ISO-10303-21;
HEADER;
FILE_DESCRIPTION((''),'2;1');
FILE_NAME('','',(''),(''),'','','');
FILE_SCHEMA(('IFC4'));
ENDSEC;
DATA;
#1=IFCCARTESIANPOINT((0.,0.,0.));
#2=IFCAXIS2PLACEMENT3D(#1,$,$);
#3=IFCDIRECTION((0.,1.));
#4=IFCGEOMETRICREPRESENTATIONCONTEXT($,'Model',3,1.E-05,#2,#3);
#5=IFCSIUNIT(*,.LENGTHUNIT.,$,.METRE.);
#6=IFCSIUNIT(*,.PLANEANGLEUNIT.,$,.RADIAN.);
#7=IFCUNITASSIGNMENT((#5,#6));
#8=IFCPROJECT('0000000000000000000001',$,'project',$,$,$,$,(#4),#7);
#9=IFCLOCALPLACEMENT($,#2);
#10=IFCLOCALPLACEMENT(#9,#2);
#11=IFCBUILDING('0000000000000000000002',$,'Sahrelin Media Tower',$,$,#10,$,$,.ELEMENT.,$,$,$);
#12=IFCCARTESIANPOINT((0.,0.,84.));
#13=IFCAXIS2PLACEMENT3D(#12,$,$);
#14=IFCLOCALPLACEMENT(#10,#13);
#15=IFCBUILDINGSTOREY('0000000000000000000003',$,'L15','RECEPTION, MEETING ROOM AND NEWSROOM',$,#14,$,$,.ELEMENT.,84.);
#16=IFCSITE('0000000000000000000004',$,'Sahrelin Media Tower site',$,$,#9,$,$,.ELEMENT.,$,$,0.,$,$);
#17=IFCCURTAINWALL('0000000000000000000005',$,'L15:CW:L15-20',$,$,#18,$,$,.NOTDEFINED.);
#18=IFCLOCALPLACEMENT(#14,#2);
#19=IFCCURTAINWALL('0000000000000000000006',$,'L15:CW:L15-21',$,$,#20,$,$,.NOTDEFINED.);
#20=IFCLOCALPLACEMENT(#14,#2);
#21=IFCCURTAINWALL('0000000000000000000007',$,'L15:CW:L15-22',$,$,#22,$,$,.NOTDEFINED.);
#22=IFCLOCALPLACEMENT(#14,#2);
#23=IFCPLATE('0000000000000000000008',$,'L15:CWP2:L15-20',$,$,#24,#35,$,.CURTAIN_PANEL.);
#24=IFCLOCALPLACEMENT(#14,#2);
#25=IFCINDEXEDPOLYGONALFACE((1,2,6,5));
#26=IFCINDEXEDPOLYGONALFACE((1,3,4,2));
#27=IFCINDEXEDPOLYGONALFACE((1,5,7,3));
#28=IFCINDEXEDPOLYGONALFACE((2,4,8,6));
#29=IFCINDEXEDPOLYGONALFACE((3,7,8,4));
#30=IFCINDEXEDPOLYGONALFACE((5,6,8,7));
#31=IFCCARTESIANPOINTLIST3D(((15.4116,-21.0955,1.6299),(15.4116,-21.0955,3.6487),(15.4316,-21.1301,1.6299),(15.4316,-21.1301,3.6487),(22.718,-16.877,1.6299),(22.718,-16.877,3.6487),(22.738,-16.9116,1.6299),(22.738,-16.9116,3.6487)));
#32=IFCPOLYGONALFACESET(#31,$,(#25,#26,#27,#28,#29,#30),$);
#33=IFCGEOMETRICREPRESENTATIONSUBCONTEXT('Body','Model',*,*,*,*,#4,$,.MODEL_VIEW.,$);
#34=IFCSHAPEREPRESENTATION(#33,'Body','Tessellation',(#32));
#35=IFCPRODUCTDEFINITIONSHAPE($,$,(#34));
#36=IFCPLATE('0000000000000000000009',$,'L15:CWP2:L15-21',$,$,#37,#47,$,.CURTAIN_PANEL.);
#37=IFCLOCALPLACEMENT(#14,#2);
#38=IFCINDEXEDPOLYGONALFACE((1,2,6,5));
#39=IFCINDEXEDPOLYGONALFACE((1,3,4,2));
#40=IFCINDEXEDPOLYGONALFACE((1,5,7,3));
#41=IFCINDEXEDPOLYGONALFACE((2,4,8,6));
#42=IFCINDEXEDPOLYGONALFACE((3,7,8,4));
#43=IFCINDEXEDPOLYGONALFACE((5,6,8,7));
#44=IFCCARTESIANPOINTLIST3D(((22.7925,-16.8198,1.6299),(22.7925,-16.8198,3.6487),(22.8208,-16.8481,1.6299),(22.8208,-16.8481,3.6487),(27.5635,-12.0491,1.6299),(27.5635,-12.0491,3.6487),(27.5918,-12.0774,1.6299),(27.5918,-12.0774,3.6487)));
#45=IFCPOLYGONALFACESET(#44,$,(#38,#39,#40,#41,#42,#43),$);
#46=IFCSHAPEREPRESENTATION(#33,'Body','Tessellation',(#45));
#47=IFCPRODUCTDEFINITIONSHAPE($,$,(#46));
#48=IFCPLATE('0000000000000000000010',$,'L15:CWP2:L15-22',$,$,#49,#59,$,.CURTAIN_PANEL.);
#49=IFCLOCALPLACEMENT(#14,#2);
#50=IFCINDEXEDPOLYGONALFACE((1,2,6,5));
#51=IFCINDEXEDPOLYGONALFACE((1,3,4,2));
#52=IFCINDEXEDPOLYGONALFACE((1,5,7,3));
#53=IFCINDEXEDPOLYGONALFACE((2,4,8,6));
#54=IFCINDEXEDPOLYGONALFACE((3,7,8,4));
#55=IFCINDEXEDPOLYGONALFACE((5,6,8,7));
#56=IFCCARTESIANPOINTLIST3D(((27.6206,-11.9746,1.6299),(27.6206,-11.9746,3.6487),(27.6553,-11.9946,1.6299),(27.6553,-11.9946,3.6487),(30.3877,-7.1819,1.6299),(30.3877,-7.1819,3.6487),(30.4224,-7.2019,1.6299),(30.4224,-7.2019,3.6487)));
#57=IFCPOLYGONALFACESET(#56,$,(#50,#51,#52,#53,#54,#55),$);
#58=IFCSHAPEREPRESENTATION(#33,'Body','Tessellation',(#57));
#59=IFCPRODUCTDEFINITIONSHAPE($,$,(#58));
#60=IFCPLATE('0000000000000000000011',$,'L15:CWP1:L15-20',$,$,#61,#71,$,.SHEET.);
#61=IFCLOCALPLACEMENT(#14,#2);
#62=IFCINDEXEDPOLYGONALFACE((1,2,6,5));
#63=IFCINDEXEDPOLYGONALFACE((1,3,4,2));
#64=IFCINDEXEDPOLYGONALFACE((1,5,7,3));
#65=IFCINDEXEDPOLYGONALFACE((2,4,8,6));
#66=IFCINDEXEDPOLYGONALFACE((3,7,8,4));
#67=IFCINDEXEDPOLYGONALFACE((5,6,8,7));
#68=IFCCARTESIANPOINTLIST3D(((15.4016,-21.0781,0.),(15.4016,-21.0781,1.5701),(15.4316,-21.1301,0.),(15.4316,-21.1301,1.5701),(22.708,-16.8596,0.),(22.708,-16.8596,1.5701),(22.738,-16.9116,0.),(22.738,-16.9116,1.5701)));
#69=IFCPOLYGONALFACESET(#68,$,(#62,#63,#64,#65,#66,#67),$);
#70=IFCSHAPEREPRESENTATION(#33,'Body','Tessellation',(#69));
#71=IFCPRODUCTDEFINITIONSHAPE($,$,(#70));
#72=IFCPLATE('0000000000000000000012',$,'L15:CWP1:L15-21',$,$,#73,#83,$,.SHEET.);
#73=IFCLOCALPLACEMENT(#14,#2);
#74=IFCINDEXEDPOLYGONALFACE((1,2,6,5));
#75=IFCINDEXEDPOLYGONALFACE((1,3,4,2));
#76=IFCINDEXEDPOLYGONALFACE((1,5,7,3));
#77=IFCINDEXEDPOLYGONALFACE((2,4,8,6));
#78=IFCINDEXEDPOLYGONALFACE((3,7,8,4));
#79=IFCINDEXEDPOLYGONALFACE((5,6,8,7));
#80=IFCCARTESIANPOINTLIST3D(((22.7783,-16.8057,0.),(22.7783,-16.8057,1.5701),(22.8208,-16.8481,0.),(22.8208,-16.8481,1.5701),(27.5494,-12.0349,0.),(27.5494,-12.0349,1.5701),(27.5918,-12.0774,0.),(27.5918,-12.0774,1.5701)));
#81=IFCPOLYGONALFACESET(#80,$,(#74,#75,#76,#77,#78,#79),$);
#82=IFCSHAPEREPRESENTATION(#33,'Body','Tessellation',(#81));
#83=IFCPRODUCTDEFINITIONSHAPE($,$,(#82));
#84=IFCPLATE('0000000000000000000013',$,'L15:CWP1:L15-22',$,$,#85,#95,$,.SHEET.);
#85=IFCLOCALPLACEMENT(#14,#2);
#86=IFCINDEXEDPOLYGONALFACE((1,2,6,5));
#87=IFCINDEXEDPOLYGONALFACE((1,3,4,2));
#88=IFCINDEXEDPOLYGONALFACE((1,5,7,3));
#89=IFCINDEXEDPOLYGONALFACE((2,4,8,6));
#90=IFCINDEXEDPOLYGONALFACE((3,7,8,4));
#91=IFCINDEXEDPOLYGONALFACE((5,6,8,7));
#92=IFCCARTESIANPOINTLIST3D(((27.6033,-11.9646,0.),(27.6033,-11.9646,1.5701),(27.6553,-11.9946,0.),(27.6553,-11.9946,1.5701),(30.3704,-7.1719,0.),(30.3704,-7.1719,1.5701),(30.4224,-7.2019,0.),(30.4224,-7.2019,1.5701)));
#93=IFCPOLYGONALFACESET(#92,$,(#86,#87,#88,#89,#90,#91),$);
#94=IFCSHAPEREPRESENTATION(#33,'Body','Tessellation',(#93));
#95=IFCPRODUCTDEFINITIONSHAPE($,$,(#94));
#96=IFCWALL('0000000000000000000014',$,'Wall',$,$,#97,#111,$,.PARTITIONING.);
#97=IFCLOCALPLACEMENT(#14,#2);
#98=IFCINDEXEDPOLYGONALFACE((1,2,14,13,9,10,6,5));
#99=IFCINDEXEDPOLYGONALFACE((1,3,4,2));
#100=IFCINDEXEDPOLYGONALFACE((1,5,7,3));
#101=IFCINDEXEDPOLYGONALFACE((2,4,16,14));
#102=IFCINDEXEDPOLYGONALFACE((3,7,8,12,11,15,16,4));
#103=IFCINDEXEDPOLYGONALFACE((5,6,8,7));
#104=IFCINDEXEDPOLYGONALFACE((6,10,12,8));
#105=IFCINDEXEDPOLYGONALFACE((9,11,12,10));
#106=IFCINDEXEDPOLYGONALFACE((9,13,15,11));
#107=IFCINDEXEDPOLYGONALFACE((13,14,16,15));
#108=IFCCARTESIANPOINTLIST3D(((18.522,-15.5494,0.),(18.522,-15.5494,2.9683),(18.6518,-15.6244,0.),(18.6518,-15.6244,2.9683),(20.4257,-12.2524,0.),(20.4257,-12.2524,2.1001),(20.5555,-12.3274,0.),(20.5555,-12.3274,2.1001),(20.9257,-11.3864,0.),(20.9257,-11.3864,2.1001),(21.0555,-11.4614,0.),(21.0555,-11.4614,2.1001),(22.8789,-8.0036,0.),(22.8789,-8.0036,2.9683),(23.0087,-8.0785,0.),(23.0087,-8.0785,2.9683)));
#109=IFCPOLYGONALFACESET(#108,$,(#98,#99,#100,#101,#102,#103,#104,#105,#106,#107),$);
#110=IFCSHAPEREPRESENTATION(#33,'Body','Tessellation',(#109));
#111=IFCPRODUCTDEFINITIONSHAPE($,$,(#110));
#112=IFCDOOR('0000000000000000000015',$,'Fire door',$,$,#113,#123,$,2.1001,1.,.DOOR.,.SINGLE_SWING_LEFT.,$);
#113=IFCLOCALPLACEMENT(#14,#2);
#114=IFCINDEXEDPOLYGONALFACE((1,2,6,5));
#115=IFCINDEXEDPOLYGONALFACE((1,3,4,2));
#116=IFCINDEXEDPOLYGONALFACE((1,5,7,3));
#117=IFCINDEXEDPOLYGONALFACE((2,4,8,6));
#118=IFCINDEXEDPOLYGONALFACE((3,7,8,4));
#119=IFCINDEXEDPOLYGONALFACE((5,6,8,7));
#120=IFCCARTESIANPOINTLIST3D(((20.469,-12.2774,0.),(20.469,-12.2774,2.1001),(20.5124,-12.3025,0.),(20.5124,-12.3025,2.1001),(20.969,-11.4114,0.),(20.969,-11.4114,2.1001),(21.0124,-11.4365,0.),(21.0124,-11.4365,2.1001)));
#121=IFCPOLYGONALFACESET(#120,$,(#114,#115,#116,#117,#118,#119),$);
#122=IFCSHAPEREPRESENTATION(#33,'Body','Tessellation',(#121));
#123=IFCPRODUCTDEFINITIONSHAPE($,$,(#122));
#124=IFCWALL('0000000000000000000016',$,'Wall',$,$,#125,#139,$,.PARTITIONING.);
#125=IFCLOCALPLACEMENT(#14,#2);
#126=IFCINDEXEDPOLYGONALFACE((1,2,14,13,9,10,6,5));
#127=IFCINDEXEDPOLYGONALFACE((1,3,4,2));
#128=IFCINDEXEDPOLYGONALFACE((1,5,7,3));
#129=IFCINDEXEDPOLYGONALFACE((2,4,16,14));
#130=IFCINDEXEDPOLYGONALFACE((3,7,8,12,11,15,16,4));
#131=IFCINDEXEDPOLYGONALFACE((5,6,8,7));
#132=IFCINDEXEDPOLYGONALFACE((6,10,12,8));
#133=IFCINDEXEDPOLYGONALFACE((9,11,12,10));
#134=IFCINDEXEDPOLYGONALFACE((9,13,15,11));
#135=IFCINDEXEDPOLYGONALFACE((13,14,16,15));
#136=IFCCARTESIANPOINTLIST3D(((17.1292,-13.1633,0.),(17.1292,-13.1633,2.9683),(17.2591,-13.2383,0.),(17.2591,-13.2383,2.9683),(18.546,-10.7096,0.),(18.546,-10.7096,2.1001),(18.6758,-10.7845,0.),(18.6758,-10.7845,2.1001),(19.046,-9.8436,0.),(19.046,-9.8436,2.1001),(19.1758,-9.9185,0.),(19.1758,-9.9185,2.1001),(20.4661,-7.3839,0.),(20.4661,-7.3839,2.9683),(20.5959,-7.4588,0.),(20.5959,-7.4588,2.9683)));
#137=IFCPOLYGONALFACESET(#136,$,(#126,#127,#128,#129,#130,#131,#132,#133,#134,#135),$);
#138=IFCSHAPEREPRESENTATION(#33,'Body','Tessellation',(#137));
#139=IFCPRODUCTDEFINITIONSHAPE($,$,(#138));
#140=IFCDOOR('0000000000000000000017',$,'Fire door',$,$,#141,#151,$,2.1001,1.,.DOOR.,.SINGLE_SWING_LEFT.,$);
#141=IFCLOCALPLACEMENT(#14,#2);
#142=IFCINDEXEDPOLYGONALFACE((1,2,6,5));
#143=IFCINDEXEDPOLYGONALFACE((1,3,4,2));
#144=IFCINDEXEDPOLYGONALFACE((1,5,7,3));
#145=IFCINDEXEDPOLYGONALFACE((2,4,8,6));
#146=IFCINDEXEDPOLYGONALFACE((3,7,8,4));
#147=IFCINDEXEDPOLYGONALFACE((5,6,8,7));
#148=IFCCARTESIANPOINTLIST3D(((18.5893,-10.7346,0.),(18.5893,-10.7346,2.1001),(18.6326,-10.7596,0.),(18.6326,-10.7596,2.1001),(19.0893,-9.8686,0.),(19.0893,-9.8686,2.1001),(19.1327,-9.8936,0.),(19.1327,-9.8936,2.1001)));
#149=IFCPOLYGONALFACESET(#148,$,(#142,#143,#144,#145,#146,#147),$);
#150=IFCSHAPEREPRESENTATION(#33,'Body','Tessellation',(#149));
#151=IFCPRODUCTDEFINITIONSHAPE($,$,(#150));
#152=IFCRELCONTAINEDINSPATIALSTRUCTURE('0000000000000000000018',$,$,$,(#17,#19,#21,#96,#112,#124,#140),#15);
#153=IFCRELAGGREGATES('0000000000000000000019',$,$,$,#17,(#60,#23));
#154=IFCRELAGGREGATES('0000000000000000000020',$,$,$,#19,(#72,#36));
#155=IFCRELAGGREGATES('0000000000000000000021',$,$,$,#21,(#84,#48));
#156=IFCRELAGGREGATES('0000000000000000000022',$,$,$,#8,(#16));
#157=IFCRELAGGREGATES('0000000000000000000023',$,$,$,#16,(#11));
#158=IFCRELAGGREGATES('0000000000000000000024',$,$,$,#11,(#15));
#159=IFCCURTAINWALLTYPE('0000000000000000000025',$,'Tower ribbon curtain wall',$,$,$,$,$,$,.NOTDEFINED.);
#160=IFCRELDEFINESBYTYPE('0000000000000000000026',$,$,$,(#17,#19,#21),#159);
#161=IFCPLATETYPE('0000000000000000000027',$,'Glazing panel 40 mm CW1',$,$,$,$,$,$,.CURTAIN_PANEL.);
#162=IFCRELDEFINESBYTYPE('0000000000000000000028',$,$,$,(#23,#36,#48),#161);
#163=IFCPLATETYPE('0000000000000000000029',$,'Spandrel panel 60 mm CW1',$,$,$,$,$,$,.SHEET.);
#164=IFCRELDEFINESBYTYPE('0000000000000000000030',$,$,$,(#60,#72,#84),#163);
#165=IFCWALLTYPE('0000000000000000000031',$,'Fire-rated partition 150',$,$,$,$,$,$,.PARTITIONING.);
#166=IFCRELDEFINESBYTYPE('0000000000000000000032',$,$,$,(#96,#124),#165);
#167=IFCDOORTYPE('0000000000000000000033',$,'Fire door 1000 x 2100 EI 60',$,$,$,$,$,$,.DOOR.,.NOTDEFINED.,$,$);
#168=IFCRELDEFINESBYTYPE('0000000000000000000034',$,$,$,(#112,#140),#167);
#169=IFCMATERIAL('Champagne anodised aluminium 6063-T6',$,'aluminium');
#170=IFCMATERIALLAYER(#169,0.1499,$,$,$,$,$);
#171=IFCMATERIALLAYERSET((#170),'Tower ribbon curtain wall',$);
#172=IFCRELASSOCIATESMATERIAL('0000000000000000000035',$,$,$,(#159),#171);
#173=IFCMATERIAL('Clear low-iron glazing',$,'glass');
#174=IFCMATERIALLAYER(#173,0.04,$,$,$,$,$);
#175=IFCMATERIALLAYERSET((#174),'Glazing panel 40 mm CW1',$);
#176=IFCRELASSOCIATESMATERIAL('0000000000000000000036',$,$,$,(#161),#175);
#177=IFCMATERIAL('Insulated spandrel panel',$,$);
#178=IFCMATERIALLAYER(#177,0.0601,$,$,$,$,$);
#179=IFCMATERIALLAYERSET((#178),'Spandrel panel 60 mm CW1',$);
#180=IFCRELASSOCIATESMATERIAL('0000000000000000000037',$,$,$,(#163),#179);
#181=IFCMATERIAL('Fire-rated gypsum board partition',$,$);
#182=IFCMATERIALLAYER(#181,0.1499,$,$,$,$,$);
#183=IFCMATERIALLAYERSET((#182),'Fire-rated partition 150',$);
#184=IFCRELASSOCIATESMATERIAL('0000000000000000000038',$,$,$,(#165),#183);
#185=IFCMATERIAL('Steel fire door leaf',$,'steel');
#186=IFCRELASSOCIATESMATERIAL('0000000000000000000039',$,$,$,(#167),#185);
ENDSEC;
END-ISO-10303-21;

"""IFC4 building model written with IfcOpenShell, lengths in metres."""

from ifc_helpers import new_model, si_unit, direction, frame, frame_2d, origin, place, context, subcontext, project, spatial, polyline, rectangle, outline, extrude, material, layer, layer_set, type_object, element, fill, aggregate, save


model = new_model("IFC4")

# Units and contexts
model_context = context("Model", 3, precision=1e-05, world=origin(), true_north=direction((0.0, 1.0)))
body_context = subcontext(model_context, "Body", "Model", "MODEL_VIEW")
ifc_project = project(units=[si_unit("LENGTHUNIT", "METRE"), si_unit("PLANEANGLEUNIT", "RADIAN")], contexts=[model_context])

# Site, building, storey
site_placement = place(None, origin())
site = spatial("IfcSite", under=ifc_project, at=site_placement, Name="Sahrelin Media Tower site", CompositionType="ELEMENT", RefElevation=0.0)
building_placement = place(site_placement, origin())
building = spatial("IfcBuilding", under=site, at=building_placement, Name="Sahrelin Media Tower", CompositionType="ELEMENT")
storey_placement = place(building_placement, frame((0.0, 0.0, 84.0)))
storey = spatial("IfcBuildingStorey", under=building, at=storey_placement, Name="L15", Description="RECEPTION, MEETING ROOM AND NEWSROOM", CompositionType="ELEMENT", Elevation=84.0)

# Curtain walls
ifc_material_1 = material(Name="Champagne anodised aluminium 6063-T6", Category="aluminium")
ifc_layer_1 = layer(ifc_material_1, 0.1499)
ifc_layer_set_1 = layer_set([ifc_layer_1], Name="Tower ribbon curtain wall")
curtain_wall_type = type_object("IfcCurtainWallType", Name="Tower ribbon curtain wall", PredefinedType="NOTDEFINED", material=ifc_layer_set_1)
curtain_wall_1_placement = place(storey_placement, frame((19.075, -19.0037, 0.0), z_axis=(0.0, 0.0, 1.0), x_axis=(1.0, 0.0, 0.0)))
curtain_wall_1 = element("IfcCurtainWall", 1, at=curtain_wall_1_placement, inside=storey, type_object=curtain_wall_type, Name="L15:CW:L15-20", PredefinedType="NOTDEFINED")
curtain_wall_2_placement = place(storey_placement, frame((25.1921, -14.4487, 0.0), z_axis=(0.0, 0.0, 1.0), x_axis=(1.0, 0.0, 0.0)))
curtain_wall_2 = element("IfcCurtainWall", 2, at=curtain_wall_2_placement, inside=storey, type_object=curtain_wall_type, Name="L15:CW:L15-21", PredefinedType="NOTDEFINED")

# Curtain wall
curtain_wall_3_placement = place(storey_placement, frame((29.0215, -9.5884, 0.0), z_axis=(0.0, 0.0, 1.0), x_axis=(1.0, 0.0, 0.0)))
curtain_wall_3 = element("IfcCurtainWall", 3, at=curtain_wall_3_placement, inside=storey, type_object=curtain_wall_type, Name="L15:CW:L15-22", PredefinedType="NOTDEFINED")

# Plates
ifc_material_2 = material(Name="Clear low-iron glazing", Category="glass")
ifc_layer_2 = layer(ifc_material_2, 0.04)
ifc_layer_set_2 = layer_set([ifc_layer_2], Name="Glazing panel 40 mm CW1")
plate_type_1 = type_object("IfcPlateType", Name="Glazing panel 40 mm CW1", PredefinedType="CURTAIN_PANEL", material=ifc_layer_set_2)
plate_1_placement = place(storey_placement, frame((15.4316, -21.1301, 1.6299), z_axis=(0.500014, -0.866017, 0.0), x_axis=(0.866017, 0.500014, 0.0)))
plate_1 = element("IfcPlate", 4, at=plate_1_placement, type_object=plate_type_1, Name="L15:CWP2:L15-20", PredefinedType="CURTAIN_PANEL", context=body_context, shape_type="SweptSolid", body=[
    extrude(outline(polyline([(0.0, 0.0), (8.4368, 0.0), (8.4368, 2.0188), (0.0, 2.0188), (0.0, 0.0)])), origin(), (0.0, 0.0, -1.0), 0.04),
])
plate_2_placement = place(storey_placement, frame((22.8208, -16.8481, 1.6299), z_axis=(0.707089, -0.707125, 0.0), x_axis=(0.707125, 0.707089, 0.0)))
plate_2 = element("IfcPlate", 5, at=plate_2_placement, type_object=plate_type_1, Name="L15:CWP2:L15-21", PredefinedType="CURTAIN_PANEL", context=body_context, shape_type="SweptSolid", body=[
    extrude(outline(polyline([(0.0, 0.0), (6.7471, 0.0), (6.7471, 2.0188), (0.0, 2.0188), (0.0, 0.0)])), origin(), (0.0, 0.0, -1.0), 0.04),
])
plate_3_placement = place(storey_placement, frame((27.6553, -11.9946, 1.6299), z_axis=(0.866025, -0.500001, 0.0), x_axis=(0.500001, 0.866025, 0.0)))
plate_3 = element("IfcPlate", 6, at=plate_3_placement, type_object=plate_type_1, Name="L15:CWP2:L15-22", PredefinedType="CURTAIN_PANEL", context=body_context, shape_type="SweptSolid", body=[
    extrude(outline(polyline([(0.0, 0.0), (5.5342, 0.0), (5.5342, 2.0188), (0.0, 2.0188), (0.0, 0.0)])), origin(), (0.0, 0.0, -1.0), 0.04),
])
ifc_material_3 = material(Name="Insulated spandrel panel")
ifc_layer_3 = layer(ifc_material_3, 0.0601)
ifc_layer_set_3 = layer_set([ifc_layer_3], Name="Spandrel panel 60 mm CW1")
plate_type_2 = type_object("IfcPlateType", Name="Spandrel panel 60 mm CW1", PredefinedType="SHEET", material=ifc_layer_set_3)
plate_4_placement = place(storey_placement, frame((15.4316, -21.1301, 0.0), z_axis=(0.500014, -0.866017, 0.0), x_axis=(0.866017, 0.500014, 0.0)))
plate_4 = element("IfcPlate", 7, at=plate_4_placement, type_object=plate_type_2, Name="L15:CWP1:L15-20", PredefinedType="SHEET", context=body_context, shape_type="SweptSolid", body=[
    extrude(outline(polyline([(0.0, 0.0), (8.4368, 0.0), (8.4368, 1.5701), (0.0, 1.5701), (0.0, 0.0)])), origin(), (0.0, 0.0, -1.0), 0.0601),
])
aggregate(curtain_wall_1, [plate_4, plate_1])
plate_5_placement = place(storey_placement, frame((22.8208, -16.8481, 0.0), z_axis=(0.707089, -0.707125, 0.0), x_axis=(0.707125, 0.707089, 0.0)))
plate_5 = element("IfcPlate", 8, at=plate_5_placement, type_object=plate_type_2, Name="L15:CWP1:L15-21", PredefinedType="SHEET", context=body_context, shape_type="SweptSolid", body=[
    extrude(outline(polyline([(0.0, 0.0), (6.7471, 0.0), (6.7471, 1.5701), (0.0, 1.5701), (0.0, 0.0)])), origin(), (0.0, 0.0, -1.0), 0.0601),
])
aggregate(curtain_wall_2, [plate_5, plate_2])
plate_6_placement = place(storey_placement, frame((27.6553, -11.9946, 0.0), z_axis=(0.866025, -0.500001, 0.0), x_axis=(0.500001, 0.866025, 0.0)))
plate_6 = element("IfcPlate", 9, at=plate_6_placement, type_object=plate_type_2, Name="L15:CWP1:L15-22", PredefinedType="SHEET", context=body_context, shape_type="SweptSolid", body=[
    extrude(outline(polyline([(0.0, 0.0), (5.5342, 0.0), (5.5342, 1.5701), (0.0, 1.5701), (0.0, 0.0)])), origin(), (0.0, 0.0, -1.0), 0.0601),
])
aggregate(curtain_wall_3, [plate_6, plate_3])

# Walls, openings, doors
ifc_material_4 = material(Name="Fire-rated gypsum board partition")
ifc_layer_4 = layer(ifc_material_4, 0.1499)
ifc_layer_set_4 = layer_set([ifc_layer_4], Name="Fire-rated partition 150")
wall_type = type_object("IfcWallType", Name="Fire-rated partition 150", PredefinedType="PARTITIONING", material=ifc_layer_set_4)
wall_1_placement = place(storey_placement, frame((18.5869, -15.5869, 0.0), z_axis=(0.0, 0.0, 1.0), x_axis=(0.500026, 0.86601, 0.0)))
wall_1 = element("IfcWall", 10, at=wall_1_placement, inside=storey, type_object=wall_type, Name="Wall", PredefinedType="PARTITIONING", context=body_context, shape_type="SweptSolid", body=[
    extrude(rectangle(XDim=8.7134, YDim=0.1499, at=frame_2d((4.3567, 0.0))), origin(), (0.0, 0.0, 1.0), 2.9683),
])
opening_1_placement = place(wall_1_placement, frame((3.8071, 0.0, 0.0)))
opening_1 = element("IfcOpeningElement", 11, at=opening_1_placement, cuts=wall_1, PredefinedType="OPENING", context=body_context, shape_type="SweptSolid", body=[
    extrude(rectangle(XDim=1.0, YDim=2.1001, at=frame_2d((0.5, 1.05))), frame((0.0, 0.075, 0.0), z_axis=(0.0, -1.0, 0.0), x_axis=(1.0, 0.0, 0.0)), (0.0, 0.0, 1.0), 0.1499),
])
ifc_material_5 = material(Name="Steel fire door leaf", Category="steel")
door_type = type_object("IfcDoorType", Name="Fire door 1000 x 2100 EI 60", OperationType="NOTDEFINED", PredefinedType="DOOR", material=ifc_material_5)
door_1_placement = place(opening_1_placement, origin())
door_1 = element("IfcDoor", 12, at=door_1_placement, inside=storey, type_object=door_type, Name="Fire door", OperationType="SINGLE_SWING_LEFT", OverallHeight=2.1001, OverallWidth=1.0, PredefinedType="DOOR", context=body_context, shape_type="SweptSolid", body=[
    extrude(rectangle(XDim=1.0, YDim=2.1001, at=frame_2d((0.5, 1.05))), frame((0.0, 0.0249, 0.0), z_axis=(0.0, -1.0, 0.0), x_axis=(1.0, 0.0, 0.0)), (0.0, 0.0, 1.0), 0.05),
])
fill(opening_1, door_1)
wall_2_placement = place(storey_placement, frame((17.1941, -13.2009, 0.0), z_axis=(0.0, 0.0, 1.0), x_axis=(0.500011, 0.866019, 0.0)))
wall_2 = element("IfcWall", 13, at=wall_2_placement, inside=storey, type_object=wall_type, Name="Wall", PredefinedType="PARTITIONING", context=body_context, shape_type="SweptSolid", body=[
    extrude(rectangle(XDim=6.6736, YDim=0.1499, at=frame_2d((3.3369, 0.0))), origin(), (0.0, 0.0, 1.0), 2.9683),
])
opening_2_placement = place(wall_2_placement, frame((2.8335, 0.0, 0.0)))
opening_2 = element("IfcOpeningElement", 14, at=opening_2_placement, cuts=wall_2, PredefinedType="OPENING", context=body_context, shape_type="SweptSolid", body=[
    extrude(rectangle(XDim=1.0, YDim=2.1001, at=frame_2d((0.5, 1.05))), frame((0.0, 0.075, 0.0), z_axis=(0.0, -1.0, 0.0), x_axis=(1.0, 0.0, 0.0)), (0.0, 0.0, 1.0), 0.1499),
])
door_2_placement = place(opening_2_placement, origin())
door_2 = element("IfcDoor", 15, at=door_2_placement, inside=storey, type_object=door_type, Name="Fire door", OperationType="SINGLE_SWING_LEFT", OverallHeight=2.1001, OverallWidth=1.0, PredefinedType="DOOR", context=body_context, shape_type="SweptSolid", body=[
    extrude(rectangle(XDim=1.0, YDim=2.1001, at=frame_2d((0.5, 1.05))), frame((0.0, 0.0249, 0.0), z_axis=(0.0, -1.0, 0.0), x_axis=(1.0, 0.0, 0.0)), (0.0, 0.0, 1.0), 0.05),
])
fill(opening_2, door_2)

save(model, "model.ifc")
